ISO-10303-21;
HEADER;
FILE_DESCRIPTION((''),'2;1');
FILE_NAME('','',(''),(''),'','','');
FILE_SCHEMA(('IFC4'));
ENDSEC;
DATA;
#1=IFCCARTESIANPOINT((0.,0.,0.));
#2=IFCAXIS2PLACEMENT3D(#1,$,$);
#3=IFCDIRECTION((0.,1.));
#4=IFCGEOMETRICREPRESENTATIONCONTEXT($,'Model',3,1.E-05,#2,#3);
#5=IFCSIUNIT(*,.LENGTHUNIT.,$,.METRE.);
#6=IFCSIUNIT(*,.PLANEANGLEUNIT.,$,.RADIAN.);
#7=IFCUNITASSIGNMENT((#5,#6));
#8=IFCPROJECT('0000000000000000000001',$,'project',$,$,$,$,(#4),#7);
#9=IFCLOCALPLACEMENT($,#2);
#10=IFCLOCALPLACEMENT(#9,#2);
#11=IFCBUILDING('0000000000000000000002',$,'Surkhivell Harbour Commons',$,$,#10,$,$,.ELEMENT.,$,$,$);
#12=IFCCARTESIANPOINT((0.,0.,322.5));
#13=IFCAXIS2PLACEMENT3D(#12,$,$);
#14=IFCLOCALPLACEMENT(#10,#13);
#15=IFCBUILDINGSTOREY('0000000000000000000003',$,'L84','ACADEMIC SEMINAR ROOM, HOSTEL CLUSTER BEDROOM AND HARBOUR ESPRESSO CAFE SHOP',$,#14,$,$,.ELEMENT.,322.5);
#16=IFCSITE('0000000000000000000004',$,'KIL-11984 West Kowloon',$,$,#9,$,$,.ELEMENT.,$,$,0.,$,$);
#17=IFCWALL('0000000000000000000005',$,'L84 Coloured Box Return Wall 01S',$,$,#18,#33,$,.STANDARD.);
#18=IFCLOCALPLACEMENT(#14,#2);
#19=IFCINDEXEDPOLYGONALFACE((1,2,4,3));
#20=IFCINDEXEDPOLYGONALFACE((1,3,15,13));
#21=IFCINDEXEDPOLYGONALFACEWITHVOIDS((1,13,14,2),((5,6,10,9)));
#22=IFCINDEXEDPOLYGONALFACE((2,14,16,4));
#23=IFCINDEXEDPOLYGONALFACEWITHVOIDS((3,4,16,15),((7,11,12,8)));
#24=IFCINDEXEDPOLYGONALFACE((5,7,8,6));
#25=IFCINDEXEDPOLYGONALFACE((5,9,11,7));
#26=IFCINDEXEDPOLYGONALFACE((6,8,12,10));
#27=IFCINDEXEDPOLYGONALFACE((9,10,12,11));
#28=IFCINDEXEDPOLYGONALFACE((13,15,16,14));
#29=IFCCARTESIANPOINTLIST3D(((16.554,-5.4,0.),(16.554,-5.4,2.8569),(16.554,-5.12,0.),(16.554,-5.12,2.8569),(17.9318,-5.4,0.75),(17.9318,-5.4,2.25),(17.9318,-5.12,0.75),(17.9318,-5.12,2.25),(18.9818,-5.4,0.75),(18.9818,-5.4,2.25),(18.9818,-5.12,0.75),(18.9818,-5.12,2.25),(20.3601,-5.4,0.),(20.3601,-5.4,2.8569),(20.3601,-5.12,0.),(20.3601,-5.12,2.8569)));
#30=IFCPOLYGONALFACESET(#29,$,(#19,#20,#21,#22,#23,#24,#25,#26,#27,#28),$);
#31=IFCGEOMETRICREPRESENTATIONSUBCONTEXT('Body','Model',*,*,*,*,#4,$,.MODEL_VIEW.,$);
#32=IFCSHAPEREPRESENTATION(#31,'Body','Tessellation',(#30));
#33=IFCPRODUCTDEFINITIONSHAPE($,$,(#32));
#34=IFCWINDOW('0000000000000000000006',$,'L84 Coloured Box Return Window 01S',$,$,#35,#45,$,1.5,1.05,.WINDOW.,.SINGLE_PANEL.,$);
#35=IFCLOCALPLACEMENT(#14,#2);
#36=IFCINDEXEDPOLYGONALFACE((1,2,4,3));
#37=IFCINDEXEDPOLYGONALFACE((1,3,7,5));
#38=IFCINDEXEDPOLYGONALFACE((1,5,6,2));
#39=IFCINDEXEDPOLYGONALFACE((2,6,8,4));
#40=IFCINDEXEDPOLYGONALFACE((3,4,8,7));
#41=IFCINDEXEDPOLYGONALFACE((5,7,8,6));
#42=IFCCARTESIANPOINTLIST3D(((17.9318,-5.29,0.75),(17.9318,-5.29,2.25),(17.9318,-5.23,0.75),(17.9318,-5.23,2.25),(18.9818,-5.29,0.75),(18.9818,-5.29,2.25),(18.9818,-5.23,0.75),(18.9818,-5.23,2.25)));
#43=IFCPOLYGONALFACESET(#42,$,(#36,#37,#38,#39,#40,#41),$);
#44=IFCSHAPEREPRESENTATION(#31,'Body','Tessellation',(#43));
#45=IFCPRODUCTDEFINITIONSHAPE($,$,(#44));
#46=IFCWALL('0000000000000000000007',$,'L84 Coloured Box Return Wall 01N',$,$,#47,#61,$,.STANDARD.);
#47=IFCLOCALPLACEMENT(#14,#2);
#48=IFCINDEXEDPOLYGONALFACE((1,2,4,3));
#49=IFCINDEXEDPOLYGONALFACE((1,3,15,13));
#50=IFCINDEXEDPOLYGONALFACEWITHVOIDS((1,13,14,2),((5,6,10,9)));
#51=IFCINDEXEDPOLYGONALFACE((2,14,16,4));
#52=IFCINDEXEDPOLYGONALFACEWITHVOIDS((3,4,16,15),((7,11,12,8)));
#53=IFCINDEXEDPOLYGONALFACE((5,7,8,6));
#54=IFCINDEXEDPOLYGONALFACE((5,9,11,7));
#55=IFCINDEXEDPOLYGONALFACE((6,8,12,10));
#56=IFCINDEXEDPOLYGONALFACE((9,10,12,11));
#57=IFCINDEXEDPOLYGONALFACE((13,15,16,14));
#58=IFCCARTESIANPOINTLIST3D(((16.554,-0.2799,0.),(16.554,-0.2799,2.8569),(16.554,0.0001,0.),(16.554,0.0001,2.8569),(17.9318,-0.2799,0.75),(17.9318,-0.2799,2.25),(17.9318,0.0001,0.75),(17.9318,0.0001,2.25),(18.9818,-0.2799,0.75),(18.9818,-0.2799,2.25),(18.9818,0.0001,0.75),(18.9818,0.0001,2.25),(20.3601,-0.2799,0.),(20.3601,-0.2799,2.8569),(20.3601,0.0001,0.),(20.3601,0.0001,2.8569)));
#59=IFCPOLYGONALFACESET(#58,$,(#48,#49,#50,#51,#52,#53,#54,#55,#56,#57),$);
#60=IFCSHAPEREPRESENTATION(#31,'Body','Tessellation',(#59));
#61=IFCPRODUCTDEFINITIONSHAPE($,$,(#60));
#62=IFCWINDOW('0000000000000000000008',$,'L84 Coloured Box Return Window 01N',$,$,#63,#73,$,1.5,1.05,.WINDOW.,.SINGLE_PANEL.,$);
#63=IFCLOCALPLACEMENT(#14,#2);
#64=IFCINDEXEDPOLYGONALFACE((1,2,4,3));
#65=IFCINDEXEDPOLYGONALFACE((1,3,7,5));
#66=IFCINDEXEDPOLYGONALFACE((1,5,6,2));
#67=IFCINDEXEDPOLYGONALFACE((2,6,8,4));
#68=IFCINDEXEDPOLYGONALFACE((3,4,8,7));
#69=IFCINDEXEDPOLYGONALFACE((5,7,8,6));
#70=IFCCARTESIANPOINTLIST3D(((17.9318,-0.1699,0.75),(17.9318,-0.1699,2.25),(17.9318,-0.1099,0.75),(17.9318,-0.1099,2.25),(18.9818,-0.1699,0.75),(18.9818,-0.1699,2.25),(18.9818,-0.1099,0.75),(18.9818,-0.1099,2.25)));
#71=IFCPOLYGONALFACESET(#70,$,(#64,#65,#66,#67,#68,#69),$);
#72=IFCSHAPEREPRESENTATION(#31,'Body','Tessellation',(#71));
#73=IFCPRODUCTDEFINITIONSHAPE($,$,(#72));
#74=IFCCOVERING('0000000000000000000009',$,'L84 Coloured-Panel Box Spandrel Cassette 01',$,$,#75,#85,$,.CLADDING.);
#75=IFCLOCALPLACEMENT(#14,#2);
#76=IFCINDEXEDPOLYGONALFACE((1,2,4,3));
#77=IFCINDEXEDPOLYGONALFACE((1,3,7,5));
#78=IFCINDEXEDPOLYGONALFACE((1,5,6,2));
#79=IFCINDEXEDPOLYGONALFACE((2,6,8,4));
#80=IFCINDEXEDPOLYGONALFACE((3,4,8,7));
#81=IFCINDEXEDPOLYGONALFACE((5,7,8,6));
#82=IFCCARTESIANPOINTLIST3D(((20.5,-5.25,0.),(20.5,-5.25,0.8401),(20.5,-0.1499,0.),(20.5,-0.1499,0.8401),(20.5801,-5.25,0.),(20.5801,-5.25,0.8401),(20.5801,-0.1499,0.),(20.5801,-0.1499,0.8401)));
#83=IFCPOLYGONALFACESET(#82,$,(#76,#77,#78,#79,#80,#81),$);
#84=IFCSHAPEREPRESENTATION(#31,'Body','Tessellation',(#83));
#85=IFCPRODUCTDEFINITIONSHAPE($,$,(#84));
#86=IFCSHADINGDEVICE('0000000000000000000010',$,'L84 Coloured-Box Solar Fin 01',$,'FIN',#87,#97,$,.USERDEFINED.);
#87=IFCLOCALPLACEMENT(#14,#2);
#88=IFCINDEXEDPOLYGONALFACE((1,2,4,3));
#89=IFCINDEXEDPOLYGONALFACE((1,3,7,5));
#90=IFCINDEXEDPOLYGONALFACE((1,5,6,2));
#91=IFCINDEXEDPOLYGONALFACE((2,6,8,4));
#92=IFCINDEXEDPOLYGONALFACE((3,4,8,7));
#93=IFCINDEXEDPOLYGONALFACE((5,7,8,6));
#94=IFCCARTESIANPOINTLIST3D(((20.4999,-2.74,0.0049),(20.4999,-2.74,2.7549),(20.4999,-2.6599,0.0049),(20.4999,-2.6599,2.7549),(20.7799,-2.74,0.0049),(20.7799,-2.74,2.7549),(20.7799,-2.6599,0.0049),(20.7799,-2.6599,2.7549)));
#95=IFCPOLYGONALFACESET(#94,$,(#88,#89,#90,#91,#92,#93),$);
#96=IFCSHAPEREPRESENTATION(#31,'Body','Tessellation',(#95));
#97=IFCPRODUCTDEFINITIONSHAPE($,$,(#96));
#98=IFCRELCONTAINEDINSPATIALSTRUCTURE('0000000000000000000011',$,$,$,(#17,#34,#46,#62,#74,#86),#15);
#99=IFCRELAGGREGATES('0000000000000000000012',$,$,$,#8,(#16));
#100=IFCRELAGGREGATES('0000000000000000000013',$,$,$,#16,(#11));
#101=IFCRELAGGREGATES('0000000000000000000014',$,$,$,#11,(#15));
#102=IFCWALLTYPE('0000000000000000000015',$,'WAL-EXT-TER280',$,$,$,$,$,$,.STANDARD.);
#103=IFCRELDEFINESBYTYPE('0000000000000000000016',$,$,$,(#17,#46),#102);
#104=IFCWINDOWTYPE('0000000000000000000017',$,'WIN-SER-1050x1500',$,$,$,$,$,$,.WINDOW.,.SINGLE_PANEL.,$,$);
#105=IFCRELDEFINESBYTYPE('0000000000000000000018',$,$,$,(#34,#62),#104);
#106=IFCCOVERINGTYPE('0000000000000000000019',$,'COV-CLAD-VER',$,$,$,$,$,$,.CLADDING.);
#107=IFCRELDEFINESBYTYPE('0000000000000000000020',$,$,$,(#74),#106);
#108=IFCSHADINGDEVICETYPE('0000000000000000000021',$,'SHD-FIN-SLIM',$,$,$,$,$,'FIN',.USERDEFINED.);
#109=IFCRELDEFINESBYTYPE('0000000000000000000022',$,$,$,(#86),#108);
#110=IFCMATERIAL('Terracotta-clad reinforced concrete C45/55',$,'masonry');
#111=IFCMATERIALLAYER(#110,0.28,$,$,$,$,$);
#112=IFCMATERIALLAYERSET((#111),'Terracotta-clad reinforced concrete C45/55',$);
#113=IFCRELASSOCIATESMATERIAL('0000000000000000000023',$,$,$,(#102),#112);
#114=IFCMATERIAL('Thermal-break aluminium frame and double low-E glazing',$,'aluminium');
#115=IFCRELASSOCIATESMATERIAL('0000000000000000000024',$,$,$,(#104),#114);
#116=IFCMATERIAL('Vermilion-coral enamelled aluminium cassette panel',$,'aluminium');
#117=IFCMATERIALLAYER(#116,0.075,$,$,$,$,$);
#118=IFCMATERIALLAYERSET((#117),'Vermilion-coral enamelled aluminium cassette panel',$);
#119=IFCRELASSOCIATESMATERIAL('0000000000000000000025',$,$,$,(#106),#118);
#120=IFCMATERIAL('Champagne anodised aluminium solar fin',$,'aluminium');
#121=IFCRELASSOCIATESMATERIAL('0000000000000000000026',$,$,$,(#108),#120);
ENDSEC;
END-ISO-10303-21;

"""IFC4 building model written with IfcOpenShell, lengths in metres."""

from ifc_helpers import new_model, si_unit, direction, frame, frame_2d, origin, origin_2d, place, context, subcontext, project, spatial, rectangle, extrude, material, layer, layer_set, type_object, element, fill, save


model = new_model("IFC4")

# Units and contexts
model_context = context("Model", 3, precision=1e-05, world=origin(), true_north=direction((0.0, 1.0)))
body_context = subcontext(model_context, "Body", "Model", "MODEL_VIEW")
ifc_project = project(units=[si_unit("LENGTHUNIT", "METRE"), si_unit("PLANEANGLEUNIT", "RADIAN")], contexts=[model_context])

# Site, building, storey
site_placement = place(None, origin())
site = spatial("IfcSite", under=ifc_project, at=site_placement, Name="KIL-11984 West Kowloon", CompositionType="ELEMENT", RefElevation=0.0)
building_placement = place(site_placement, origin())
building = spatial("IfcBuilding", under=site, at=building_placement, Name="Surkhivell Harbour Commons", CompositionType="ELEMENT")
storey_placement = place(building_placement, frame((0.0, 0.0, 322.5)))
storey = spatial("IfcBuildingStorey", under=building, at=storey_placement, Name="L84", Description="ACADEMIC SEMINAR ROOM, HOSTEL CLUSTER BEDROOM AND HARBOUR ESPRESSO CAFE SHOP", CompositionType="ELEMENT", Elevation=322.5)

# Walls, openings, windows
ifc_material_1 = material(Name="Terracotta-clad reinforced concrete C45/55", Category="masonry")
ifc_layer_1 = layer(ifc_material_1, 0.28)
ifc_layer_set_1 = layer_set([ifc_layer_1], Name="Terracotta-clad reinforced concrete C45/55")
wall_type = type_object("IfcWallType", Name="WAL-EXT-TER280", PredefinedType="STANDARD", material=ifc_layer_set_1)
ifc_material_2 = material(Name="Thermal-break aluminium frame and double low-E glazing", Category="aluminium")
wall_1_placement = place(storey_placement, frame((16.554, -5.26, 0.0), z_axis=(0.0, 0.0, 1.0), x_axis=(1.0, 0.0, 0.0)))
wall_1 = element("IfcWall", 1, at=wall_1_placement, inside=storey, type_object=wall_type, Name="L84 Coloured Box Return Wall 01S", PredefinedType="STANDARD", context=body_context, shape_type="SweptSolid", body=[
    extrude(rectangle(XDim=3.8062, YDim=0.28, at=frame_2d((1.9031, 0.0))), origin(), (0.0, 0.0, 1.0), 2.8569),
])
opening_1_placement = place(wall_1_placement, frame((1.3779, 0.0, 0.75)))
opening_1 = element("IfcOpeningElement", 2, at=opening_1_placement, cuts=wall_1, PredefinedType="OPENING", context=body_context, shape_type="SweptSolid", body=[
    extrude(rectangle(XDim=1.05, YDim=1.5, at=frame_2d((0.5249, 0.75))), frame((0.0, 0.1499, 0.0), z_axis=(0.0, -1.0, 0.0), x_axis=(1.0, 0.0, 0.0)), (0.0, 0.0, 1.0), 0.3),
])
window_type_1 = type_object("IfcWindowType", Name="WIN-SER-1050x1500", PartitioningType="SINGLE_PANEL", PredefinedType="WINDOW", material=ifc_material_2)
window_1_placement = place(opening_1_placement, origin())
window_1 = element("IfcWindow", 3, at=window_1_placement, inside=storey, type_object=window_type_1, Name="L84 Coloured Box Return Window 01S", OverallHeight=1.5, OverallWidth=1.05, PartitioningType="SINGLE_PANEL", PredefinedType="WINDOW", context=body_context, shape_type="SweptSolid", body=[
    extrude(rectangle(XDim=1.05, YDim=1.5, at=frame_2d((0.5249, 0.75))), frame((0.0, 0.03, 0.0), z_axis=(0.0, -1.0, 0.0), x_axis=(1.0, 0.0, 0.0)), (0.0, 0.0, 1.0), 0.0601),
])
fill(opening_1, window_1)
wall_2_placement = place(storey_placement, frame((16.554, -0.1399, 0.0), z_axis=(0.0, 0.0, 1.0), x_axis=(1.0, 0.0, 0.0)))
wall_2 = element("IfcWall", 4, at=wall_2_placement, inside=storey, type_object=wall_type, Name="L84 Coloured Box Return Wall 01N", PredefinedType="STANDARD", context=body_context, shape_type="SweptSolid", body=[
    extrude(rectangle(XDim=3.8062, YDim=0.28, at=frame_2d((1.9031, 0.0))), origin(), (0.0, 0.0, 1.0), 2.8569),
])
opening_2_placement = place(wall_2_placement, frame((1.3779, 0.0, 0.75)))
opening_2 = element("IfcOpeningElement", 5, at=opening_2_placement, cuts=wall_2, PredefinedType="OPENING", context=body_context, shape_type="SweptSolid", body=[
    extrude(rectangle(XDim=1.05, YDim=1.5, at=frame_2d((0.5249, 0.75))), frame((0.0, 0.1499, 0.0), z_axis=(0.0, -1.0, 0.0), x_axis=(1.0, 0.0, 0.0)), (0.0, 0.0, 1.0), 0.3),
])
window_2_placement = place(opening_2_placement, origin())
window_2 = element("IfcWindow", 6, at=window_2_placement, inside=storey, type_object=window_type_1, Name="L84 Coloured Box Return Window 01N", OverallHeight=1.5, OverallWidth=1.05, PartitioningType="SINGLE_PANEL", PredefinedType="WINDOW", context=body_context, shape_type="SweptSolid", body=[
    extrude(rectangle(XDim=1.05, YDim=1.5, at=frame_2d((0.5249, 0.75))), frame((0.0, 0.03, 0.0), z_axis=(0.0, -1.0, 0.0), x_axis=(1.0, 0.0, 0.0)), (0.0, 0.0, 1.0), 0.0601),
])
fill(opening_2, window_2)

# Covering
ifc_material_3 = material(Name="Vermilion-coral enamelled aluminium cassette panel", Category="aluminium")
ifc_layer_2 = layer(ifc_material_3, 0.075)
ifc_layer_set_2 = layer_set([ifc_layer_2], Name="Vermilion-coral enamelled aluminium cassette panel")
covering_type = type_object("IfcCoveringType", Name="COV-CLAD-VER", PredefinedType="CLADDING", material=ifc_layer_set_2)
covering_placement = place(storey_placement, frame((20.54, -2.7, 0.0), z_axis=(0.0, 0.0, 1.0), x_axis=(1.0, 0.0, 0.0)))
element("IfcCovering", 7, at=covering_placement, inside=storey, type_object=covering_type, Name="L84 Coloured-Panel Box Spandrel Cassette 01", PredefinedType="CLADDING", context=body_context, shape_type="SweptSolid", body=[
    extrude(rectangle(XDim=0.0801, YDim=5.1001, at=origin_2d()), origin(), (0.0, 0.0, 1.0), 0.8401),
])

# Shading device
ifc_material_4 = material(Name="Champagne anodised aluminium solar fin", Category="aluminium")
shading_device_type = type_object("IfcShadingDeviceType", Name="SHD-FIN-SLIM", ElementType="FIN", PredefinedType="USERDEFINED", material=ifc_material_4)
shading_device_placement = place(storey_placement, frame((20.6399, -2.7, 0.0049), z_axis=(0.0, 0.0, 1.0), x_axis=(1.0, 0.0, 0.0)))
element("IfcShadingDevice", 8, at=shading_device_placement, inside=storey, type_object=shading_device_type, Name="L84 Coloured-Box Solar Fin 01", ObjectType="FIN", PredefinedType="USERDEFINED", context=body_context, shape_type="SweptSolid", body=[
    extrude(rectangle(XDim=0.28, YDim=0.0801, at=origin_2d()), origin(), (0.0, 0.0, 1.0), 2.75),
])

save(model, "model.ifc")
